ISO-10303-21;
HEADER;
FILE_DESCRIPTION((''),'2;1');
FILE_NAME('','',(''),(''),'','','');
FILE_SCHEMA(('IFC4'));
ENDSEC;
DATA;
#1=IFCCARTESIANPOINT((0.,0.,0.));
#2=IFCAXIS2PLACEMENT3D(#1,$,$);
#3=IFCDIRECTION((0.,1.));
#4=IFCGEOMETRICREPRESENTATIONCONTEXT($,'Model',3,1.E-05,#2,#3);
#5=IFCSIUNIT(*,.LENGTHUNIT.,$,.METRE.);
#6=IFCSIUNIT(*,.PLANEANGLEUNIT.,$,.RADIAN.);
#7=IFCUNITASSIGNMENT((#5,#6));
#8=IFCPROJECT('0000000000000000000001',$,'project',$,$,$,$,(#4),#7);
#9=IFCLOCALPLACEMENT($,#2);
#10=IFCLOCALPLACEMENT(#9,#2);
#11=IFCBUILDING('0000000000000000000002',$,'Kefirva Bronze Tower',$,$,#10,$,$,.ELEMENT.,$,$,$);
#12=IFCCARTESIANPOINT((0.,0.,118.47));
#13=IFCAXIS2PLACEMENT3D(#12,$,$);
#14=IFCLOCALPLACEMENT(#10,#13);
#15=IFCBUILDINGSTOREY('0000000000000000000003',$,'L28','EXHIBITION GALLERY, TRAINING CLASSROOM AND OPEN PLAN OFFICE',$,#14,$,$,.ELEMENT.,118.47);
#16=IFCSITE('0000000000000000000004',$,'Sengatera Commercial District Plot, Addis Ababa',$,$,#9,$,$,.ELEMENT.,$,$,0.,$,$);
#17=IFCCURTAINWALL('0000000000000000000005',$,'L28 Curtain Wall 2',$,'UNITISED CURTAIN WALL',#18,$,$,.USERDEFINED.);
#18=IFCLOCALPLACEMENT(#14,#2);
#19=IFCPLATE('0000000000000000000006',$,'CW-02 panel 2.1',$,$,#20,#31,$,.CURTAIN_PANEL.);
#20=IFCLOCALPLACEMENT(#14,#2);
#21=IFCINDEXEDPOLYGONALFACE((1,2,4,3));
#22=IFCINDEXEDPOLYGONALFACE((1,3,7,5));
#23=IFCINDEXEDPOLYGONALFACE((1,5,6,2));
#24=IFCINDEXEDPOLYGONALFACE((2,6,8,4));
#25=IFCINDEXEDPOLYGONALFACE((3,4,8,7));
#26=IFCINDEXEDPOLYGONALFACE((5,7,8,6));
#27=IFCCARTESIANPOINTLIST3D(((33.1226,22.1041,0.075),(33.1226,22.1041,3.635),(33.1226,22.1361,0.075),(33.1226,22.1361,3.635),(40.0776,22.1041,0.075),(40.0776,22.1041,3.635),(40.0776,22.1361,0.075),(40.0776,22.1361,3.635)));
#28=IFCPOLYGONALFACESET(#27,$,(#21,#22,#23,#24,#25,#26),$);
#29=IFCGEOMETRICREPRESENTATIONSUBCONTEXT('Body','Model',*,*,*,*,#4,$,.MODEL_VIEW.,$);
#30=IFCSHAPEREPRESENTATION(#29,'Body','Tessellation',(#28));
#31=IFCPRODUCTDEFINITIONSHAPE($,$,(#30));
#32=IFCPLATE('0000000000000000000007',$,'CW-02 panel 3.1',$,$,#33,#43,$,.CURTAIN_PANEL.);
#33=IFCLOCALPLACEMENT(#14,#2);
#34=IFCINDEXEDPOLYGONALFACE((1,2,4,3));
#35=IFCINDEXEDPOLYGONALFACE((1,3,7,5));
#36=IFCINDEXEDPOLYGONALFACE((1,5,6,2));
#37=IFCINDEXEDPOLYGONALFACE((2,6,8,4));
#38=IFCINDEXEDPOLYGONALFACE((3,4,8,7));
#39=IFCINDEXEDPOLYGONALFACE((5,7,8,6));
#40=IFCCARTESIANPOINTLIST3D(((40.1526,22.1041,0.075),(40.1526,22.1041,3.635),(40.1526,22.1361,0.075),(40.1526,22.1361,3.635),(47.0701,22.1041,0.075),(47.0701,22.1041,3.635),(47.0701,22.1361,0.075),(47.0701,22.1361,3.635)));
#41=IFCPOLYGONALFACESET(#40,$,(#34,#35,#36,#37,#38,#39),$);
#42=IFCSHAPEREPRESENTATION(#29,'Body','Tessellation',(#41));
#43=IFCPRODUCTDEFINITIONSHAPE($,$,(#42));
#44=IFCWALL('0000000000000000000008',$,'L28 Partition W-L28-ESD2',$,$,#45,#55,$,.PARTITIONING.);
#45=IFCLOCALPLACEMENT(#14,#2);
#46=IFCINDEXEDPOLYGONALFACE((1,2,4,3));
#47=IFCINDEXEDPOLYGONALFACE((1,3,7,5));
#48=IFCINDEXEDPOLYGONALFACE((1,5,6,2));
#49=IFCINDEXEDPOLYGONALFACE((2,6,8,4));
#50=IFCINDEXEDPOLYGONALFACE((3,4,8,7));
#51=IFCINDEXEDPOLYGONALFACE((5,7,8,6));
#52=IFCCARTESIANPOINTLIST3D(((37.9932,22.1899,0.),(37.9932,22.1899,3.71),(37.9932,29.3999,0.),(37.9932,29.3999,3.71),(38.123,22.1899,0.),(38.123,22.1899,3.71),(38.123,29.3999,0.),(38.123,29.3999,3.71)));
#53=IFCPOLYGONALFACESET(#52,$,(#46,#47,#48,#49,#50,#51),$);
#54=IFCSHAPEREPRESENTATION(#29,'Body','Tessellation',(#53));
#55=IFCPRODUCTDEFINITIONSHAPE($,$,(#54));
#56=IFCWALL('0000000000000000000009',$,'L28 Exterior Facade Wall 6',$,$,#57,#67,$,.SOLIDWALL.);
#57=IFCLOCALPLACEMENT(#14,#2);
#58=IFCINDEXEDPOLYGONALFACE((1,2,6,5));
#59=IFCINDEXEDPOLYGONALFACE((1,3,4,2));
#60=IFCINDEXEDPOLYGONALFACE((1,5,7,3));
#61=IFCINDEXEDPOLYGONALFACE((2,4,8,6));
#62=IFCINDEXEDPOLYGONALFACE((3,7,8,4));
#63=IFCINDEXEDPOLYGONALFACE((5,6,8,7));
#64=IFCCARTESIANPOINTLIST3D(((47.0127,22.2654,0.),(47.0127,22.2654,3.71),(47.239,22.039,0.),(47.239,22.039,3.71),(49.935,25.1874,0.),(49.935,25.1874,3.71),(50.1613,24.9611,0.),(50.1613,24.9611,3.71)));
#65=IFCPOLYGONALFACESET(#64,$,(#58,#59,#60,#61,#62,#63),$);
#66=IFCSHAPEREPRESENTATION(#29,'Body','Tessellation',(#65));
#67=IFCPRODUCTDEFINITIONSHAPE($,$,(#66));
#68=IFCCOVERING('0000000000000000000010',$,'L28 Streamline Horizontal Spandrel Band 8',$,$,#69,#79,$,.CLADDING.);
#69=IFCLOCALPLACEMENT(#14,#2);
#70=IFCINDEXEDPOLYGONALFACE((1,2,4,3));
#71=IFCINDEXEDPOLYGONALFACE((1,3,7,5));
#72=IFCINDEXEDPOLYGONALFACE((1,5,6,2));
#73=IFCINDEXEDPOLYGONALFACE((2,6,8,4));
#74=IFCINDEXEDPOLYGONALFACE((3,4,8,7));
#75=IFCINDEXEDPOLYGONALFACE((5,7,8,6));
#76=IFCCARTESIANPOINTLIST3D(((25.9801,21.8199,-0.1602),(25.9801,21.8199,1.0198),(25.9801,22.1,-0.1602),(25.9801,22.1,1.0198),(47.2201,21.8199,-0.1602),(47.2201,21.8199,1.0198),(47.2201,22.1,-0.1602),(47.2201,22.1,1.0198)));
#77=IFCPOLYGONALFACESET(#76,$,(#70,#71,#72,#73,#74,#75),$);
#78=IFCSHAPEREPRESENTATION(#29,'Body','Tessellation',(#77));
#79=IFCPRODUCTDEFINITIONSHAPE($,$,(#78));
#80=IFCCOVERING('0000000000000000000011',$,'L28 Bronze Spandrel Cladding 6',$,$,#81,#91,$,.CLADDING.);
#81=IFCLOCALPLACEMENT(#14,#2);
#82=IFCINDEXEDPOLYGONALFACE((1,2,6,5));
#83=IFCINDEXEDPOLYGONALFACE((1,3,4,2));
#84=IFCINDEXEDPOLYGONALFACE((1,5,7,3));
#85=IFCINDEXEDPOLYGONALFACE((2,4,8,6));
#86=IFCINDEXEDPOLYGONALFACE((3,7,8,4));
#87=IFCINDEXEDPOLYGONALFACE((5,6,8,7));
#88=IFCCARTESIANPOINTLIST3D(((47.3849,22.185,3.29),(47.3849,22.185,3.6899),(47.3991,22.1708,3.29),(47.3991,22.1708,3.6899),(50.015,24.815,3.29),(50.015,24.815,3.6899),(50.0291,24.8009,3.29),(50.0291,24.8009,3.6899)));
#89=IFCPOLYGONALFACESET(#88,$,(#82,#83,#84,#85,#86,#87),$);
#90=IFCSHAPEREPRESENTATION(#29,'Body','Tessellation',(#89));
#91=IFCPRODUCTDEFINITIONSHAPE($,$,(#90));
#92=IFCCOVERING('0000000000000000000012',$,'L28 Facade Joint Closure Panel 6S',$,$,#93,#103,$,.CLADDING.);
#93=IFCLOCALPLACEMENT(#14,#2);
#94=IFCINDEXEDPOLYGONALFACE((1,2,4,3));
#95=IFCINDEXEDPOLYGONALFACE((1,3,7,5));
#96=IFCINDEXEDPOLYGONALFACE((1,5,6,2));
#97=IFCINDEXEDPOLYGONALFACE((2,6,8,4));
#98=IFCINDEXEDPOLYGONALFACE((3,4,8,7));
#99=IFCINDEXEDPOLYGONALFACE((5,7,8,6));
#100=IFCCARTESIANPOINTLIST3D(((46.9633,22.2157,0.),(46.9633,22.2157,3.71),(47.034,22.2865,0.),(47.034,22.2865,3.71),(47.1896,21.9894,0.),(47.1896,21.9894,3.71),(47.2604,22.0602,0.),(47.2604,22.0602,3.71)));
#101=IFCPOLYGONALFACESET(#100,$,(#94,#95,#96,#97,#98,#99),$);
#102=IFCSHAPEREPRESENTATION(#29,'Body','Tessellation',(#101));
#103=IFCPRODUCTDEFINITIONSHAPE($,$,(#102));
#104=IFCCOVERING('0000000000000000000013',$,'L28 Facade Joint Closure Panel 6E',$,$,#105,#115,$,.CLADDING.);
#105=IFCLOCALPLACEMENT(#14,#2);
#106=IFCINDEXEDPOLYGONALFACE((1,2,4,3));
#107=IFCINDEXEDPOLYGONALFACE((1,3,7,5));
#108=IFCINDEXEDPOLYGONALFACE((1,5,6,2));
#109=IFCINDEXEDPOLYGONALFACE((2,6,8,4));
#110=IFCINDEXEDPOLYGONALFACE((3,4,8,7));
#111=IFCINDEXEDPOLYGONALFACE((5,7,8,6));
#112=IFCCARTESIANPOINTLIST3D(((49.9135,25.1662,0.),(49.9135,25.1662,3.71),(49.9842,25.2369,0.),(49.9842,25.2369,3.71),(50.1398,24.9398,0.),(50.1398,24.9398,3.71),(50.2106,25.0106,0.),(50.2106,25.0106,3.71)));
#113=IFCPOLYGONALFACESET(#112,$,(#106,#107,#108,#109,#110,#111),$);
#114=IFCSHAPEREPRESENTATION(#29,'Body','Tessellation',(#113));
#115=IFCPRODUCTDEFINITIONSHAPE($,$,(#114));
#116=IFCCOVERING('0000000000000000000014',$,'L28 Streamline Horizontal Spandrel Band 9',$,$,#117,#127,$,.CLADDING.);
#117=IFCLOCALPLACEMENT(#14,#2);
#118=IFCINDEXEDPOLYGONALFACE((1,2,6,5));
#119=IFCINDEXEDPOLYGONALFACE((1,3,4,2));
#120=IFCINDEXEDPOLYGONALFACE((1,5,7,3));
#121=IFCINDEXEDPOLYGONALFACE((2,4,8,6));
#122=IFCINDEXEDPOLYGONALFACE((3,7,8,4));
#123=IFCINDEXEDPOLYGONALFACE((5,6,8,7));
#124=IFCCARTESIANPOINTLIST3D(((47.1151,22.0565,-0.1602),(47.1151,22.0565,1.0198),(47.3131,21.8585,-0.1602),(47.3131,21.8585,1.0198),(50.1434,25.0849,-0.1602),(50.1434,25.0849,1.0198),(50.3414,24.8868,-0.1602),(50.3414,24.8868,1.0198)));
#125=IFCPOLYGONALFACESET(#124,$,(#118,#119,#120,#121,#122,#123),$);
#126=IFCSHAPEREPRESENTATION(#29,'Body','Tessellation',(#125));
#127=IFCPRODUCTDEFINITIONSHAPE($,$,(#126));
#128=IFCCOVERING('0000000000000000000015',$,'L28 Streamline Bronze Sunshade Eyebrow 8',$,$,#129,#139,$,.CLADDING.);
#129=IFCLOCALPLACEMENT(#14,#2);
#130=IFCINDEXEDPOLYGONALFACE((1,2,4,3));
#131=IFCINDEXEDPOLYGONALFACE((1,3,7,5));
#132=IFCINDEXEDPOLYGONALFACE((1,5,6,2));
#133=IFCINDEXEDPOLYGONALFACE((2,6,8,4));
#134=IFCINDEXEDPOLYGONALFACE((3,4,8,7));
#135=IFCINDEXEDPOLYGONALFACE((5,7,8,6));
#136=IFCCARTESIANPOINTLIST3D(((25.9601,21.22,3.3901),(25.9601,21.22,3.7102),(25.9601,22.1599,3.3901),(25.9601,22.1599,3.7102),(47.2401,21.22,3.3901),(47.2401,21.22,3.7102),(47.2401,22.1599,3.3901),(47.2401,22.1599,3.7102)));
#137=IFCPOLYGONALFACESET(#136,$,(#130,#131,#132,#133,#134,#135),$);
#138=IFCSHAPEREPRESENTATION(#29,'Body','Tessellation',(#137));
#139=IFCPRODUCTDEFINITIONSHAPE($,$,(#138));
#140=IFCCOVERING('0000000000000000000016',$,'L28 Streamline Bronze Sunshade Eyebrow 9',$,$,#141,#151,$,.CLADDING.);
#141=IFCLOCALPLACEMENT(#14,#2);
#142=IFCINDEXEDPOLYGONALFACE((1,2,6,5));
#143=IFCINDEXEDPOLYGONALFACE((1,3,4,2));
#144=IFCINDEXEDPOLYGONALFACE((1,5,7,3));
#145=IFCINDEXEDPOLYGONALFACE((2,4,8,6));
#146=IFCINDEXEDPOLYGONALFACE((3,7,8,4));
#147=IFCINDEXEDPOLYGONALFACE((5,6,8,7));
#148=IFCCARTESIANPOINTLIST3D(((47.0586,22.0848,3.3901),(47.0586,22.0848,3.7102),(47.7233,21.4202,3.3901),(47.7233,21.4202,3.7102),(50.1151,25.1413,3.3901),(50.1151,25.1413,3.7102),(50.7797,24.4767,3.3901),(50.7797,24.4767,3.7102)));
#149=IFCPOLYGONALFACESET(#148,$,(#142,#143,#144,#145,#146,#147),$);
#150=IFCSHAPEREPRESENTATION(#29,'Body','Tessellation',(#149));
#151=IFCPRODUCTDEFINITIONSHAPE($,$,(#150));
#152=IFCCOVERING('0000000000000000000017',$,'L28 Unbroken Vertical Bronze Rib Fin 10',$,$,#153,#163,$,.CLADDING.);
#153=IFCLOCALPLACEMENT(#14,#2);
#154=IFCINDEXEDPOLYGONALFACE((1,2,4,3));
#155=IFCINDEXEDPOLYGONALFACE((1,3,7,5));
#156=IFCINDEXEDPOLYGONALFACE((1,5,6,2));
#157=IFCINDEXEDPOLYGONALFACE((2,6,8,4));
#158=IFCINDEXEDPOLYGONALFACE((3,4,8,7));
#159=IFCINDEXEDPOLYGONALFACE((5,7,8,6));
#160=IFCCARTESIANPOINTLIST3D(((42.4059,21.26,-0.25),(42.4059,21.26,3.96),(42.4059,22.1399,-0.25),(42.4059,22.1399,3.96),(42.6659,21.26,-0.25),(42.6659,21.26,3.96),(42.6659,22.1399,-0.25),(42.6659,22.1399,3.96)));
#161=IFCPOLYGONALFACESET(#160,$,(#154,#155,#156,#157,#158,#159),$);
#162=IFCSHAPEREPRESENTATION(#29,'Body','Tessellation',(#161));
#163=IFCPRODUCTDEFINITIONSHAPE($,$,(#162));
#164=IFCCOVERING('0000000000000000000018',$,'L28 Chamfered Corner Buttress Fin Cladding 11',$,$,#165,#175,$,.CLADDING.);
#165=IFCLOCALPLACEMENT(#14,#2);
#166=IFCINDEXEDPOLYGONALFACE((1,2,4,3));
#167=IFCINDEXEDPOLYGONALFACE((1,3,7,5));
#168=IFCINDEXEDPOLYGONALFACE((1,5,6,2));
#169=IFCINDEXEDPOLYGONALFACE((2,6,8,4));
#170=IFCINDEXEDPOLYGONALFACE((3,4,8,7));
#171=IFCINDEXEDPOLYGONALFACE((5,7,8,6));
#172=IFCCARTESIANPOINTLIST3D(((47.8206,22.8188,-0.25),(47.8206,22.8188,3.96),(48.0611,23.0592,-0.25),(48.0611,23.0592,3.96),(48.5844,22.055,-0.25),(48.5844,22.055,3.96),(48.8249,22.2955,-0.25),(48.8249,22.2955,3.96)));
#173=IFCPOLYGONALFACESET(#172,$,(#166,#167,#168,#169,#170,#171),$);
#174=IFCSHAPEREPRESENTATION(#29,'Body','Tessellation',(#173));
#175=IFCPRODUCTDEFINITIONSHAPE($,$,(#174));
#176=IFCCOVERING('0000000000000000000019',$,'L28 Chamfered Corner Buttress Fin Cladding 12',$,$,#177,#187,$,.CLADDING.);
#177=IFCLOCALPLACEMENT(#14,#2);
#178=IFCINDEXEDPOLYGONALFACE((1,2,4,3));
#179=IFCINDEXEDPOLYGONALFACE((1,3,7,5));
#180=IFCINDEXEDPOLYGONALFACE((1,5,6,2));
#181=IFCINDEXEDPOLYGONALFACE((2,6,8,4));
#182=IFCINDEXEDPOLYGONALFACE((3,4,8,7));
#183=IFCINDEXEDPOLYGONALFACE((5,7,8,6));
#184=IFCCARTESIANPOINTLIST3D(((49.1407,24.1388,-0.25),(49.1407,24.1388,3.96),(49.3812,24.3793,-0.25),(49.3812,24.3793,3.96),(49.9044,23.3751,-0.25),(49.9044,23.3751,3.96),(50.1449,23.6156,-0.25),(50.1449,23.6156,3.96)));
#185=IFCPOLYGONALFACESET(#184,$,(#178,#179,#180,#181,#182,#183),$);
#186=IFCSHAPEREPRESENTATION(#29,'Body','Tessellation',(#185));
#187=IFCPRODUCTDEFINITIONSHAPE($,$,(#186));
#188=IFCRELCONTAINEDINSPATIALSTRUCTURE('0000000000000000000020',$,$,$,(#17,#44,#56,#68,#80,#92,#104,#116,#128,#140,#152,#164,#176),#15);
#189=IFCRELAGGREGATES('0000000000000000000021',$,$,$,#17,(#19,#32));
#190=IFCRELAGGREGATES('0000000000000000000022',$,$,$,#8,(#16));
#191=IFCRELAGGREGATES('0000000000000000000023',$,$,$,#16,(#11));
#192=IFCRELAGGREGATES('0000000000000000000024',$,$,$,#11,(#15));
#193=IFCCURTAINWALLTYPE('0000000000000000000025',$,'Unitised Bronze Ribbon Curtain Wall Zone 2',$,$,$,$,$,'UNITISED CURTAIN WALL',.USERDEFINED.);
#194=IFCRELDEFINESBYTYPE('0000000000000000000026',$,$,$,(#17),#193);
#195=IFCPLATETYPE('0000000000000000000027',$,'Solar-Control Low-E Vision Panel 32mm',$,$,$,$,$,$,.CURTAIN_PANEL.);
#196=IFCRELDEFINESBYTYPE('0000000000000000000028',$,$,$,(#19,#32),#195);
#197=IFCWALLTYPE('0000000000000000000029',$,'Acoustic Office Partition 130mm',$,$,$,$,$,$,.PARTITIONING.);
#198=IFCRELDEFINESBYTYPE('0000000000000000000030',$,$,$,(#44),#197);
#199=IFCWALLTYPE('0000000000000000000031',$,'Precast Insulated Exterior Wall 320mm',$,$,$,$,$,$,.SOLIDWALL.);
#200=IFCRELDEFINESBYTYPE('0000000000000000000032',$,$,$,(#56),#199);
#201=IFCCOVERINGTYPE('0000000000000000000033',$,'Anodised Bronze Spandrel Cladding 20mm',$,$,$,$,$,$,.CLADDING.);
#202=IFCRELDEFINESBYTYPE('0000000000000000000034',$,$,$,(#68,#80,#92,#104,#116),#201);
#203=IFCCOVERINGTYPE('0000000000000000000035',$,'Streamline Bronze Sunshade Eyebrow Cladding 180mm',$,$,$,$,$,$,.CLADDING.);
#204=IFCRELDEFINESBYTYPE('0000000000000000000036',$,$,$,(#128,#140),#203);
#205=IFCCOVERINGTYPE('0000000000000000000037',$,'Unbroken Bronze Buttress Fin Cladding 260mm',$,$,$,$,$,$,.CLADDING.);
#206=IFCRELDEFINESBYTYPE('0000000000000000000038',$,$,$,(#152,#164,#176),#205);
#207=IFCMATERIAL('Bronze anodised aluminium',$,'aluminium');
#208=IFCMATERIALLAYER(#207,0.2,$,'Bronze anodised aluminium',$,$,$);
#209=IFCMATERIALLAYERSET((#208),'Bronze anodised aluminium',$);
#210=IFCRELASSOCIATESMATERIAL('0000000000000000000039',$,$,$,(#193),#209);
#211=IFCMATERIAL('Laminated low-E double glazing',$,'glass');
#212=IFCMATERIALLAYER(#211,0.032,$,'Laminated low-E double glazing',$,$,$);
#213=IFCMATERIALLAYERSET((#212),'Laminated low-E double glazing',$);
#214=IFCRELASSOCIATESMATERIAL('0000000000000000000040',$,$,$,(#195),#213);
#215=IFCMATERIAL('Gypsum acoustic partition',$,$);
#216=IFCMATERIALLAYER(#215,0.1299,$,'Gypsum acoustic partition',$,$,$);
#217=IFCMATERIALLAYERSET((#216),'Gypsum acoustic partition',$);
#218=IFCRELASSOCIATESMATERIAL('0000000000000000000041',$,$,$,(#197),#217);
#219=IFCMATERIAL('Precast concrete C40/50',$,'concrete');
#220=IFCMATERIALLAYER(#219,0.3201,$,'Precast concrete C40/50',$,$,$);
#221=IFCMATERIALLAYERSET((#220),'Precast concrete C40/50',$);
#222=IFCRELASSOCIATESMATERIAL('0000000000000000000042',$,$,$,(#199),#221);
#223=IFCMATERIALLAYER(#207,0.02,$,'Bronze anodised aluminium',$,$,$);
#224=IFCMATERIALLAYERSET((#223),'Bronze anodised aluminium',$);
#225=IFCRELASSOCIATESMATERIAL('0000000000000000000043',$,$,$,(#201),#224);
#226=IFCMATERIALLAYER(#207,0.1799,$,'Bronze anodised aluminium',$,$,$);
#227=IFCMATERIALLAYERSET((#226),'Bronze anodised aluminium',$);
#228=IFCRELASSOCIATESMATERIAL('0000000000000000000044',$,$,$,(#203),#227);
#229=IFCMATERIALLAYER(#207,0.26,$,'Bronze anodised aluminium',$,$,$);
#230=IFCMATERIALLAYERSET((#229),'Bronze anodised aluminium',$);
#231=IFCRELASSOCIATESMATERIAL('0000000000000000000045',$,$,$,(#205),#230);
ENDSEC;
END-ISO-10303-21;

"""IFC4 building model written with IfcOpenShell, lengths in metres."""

from ifc_helpers import new_model, si_unit, direction, frame, frame_2d, origin, origin_2d, place, context, subcontext, project, spatial, rectangle, extrude, material, layer, layer_set, type_object, element, aggregate, save


model = new_model("IFC4")

# Units and contexts
model_context = context("Model", 3, precision=1e-05, world=origin(), true_north=direction((0.0, 1.0)))
body_context = subcontext(model_context, "Body", "Model", "MODEL_VIEW")
ifc_project = project(units=[si_unit("LENGTHUNIT", "METRE"), si_unit("PLANEANGLEUNIT", "RADIAN")], contexts=[model_context])

# Site, building, storey
site_placement = place(None, origin())
site = spatial("IfcSite", under=ifc_project, at=site_placement, Name="Sengatera Commercial District Plot, Addis Ababa", CompositionType="ELEMENT", RefElevation=0.0)
building_placement = place(site_placement, origin())
building = spatial("IfcBuilding", under=site, at=building_placement, Name="Kefirva Bronze Tower", CompositionType="ELEMENT")
storey_placement = place(building_placement, frame((0.0, 0.0, 118.47)))
storey = spatial("IfcBuildingStorey", under=building, at=storey_placement, Name="L28", Description="EXHIBITION GALLERY, TRAINING CLASSROOM AND OPEN PLAN OFFICE", CompositionType="ELEMENT", Elevation=118.47)

# Curtain wall
ifc_material_1 = material(Name="Bronze anodised aluminium", Category="aluminium")
ifc_layer_1 = layer(ifc_material_1, 0.2, Name="Bronze anodised aluminium")
ifc_layer_set_1 = layer_set([ifc_layer_1], Name="Bronze anodised aluminium")
curtain_wall_type = type_object("IfcCurtainWallType", Name="Unitised Bronze Ribbon Curtain Wall Zone 2", ElementType="UNITISED CURTAIN WALL", PredefinedType="USERDEFINED", material=ifc_layer_set_1)
curtain_wall_1_placement = place(storey_placement, origin())
curtain_wall_1 = element("IfcCurtainWall", 1, at=curtain_wall_1_placement, inside=storey, type_object=curtain_wall_type, Name="L28 Curtain Wall 2", ObjectType="UNITISED CURTAIN WALL", PredefinedType="USERDEFINED")

# Plates
ifc_material_2 = material(Name="Laminated low-E double glazing", Category="glass")
ifc_layer_2 = layer(ifc_material_2, 0.032, Name="Laminated low-E double glazing")
ifc_layer_set_2 = layer_set([ifc_layer_2], Name="Laminated low-E double glazing")
plate_type = type_object("IfcPlateType", Name="Solar-Control Low-E Vision Panel 32mm", PredefinedType="CURTAIN_PANEL", material=ifc_layer_set_2)
plate_1_placement = place(storey_placement, frame((36.6001, 22.1201, 0.075), z_axis=(0.0, 0.0, 1.0), x_axis=(1.0, 0.0, 0.0)))
plate_1 = element("IfcPlate", 2, at=plate_1_placement, type_object=plate_type, Name="CW-02 panel 2.1", PredefinedType="CURTAIN_PANEL", context=body_context, shape_type="SweptSolid", body=[
    extrude(rectangle(XDim=6.9551, YDim=0.032, at=origin_2d()), origin(), (0.0, 0.0, 1.0), 3.5601),
])
plate_2_placement = place(storey_placement, frame((43.6113, 22.1201, 0.075), z_axis=(0.0, 0.0, 1.0), x_axis=(1.0, 0.0, 0.0)))
plate_2 = element("IfcPlate", 3, at=plate_2_placement, type_object=plate_type, Name="CW-02 panel 3.1", PredefinedType="CURTAIN_PANEL", context=body_context, shape_type="SweptSolid", body=[
    extrude(rectangle(XDim=6.9175, YDim=0.032, at=origin_2d()), origin(), (0.0, 0.0, 1.0), 3.5601),
])
aggregate(curtain_wall_1, [plate_1, plate_2])

# Walls
ifc_material_3 = material(Name="Gypsum acoustic partition")
ifc_layer_3 = layer(ifc_material_3, 0.1299, Name="Gypsum acoustic partition")
ifc_layer_set_3 = layer_set([ifc_layer_3], Name="Gypsum acoustic partition")
wall_type_1 = type_object("IfcWallType", Name="Acoustic Office Partition 130mm", PredefinedType="PARTITIONING", material=ifc_layer_set_3)
wall_1_placement = place(storey_placement, frame((38.0581, 22.1899, 0.0), z_axis=(0.0, 0.0, 1.0), x_axis=(0.0, 1.0, 0.0)))
element("IfcWall", 4, at=wall_1_placement, inside=storey, type_object=wall_type_1, Name="L28 Partition W-L28-ESD2", PredefinedType="PARTITIONING", context=body_context, shape_type="SweptSolid", body=[
    extrude(rectangle(XDim=7.21, YDim=0.1299, at=frame_2d((3.605, 0.0))), origin(), (0.0, 0.0, 1.0), 3.71),
])
ifc_material_4 = material(Name="Precast concrete C40/50", Category="concrete")
ifc_layer_4 = layer(ifc_material_4, 0.3201, Name="Precast concrete C40/50")
ifc_layer_set_4 = layer_set([ifc_layer_4], Name="Precast concrete C40/50")
wall_type_2 = type_object("IfcWallType", Name="Precast Insulated Exterior Wall 320mm", PredefinedType="SOLIDWALL", material=ifc_layer_set_4)
wall_2_placement = place(storey_placement, frame((47.1257, 22.1521, 0.0), z_axis=(0.0, 0.0, 1.0), x_axis=(0.707136, 0.707077, 0.0)))
element("IfcWall", 5, at=wall_2_placement, inside=storey, type_object=wall_type_2, Name="L28 Exterior Facade Wall 6", PredefinedType="SOLIDWALL", context=body_context, shape_type="SweptSolid", body=[
    extrude(rectangle(XDim=4.1326, YDim=0.3201, at=frame_2d((2.0664, 0.0))), origin(), (0.0, 0.0, 1.0), 3.71),
])

# Coverings
ifc_layer_5 = layer(ifc_material_1, 0.02, Name="Bronze anodised aluminium")
ifc_layer_set_5 = layer_set([ifc_layer_5], Name="Bronze anodised aluminium")
covering_type_1 = type_object("IfcCoveringType", Name="Anodised Bronze Spandrel Cladding 20mm", PredefinedType="CLADDING", material=ifc_layer_set_5)
covering_1_placement = place(storey_placement, frame((36.6001, 21.96, -0.1602), z_axis=(0.0, 0.0, 1.0), x_axis=(1.0, 0.0, 0.0)))
element("IfcCovering", 6, at=covering_1_placement, inside=storey, type_object=covering_type_1, Name="L28 Streamline Horizontal Spandrel Band 8", PredefinedType="CLADDING", context=body_context, shape_type="SweptSolid", body=[
    extrude(rectangle(XDim=21.24, YDim=0.28, at=origin_2d()), origin(), (0.0, 0.0, 1.0), 1.1799),
])
covering_2_placement = place(storey_placement, frame((48.707, 23.4929, 3.29), z_axis=(0.0, 0.0, 1.0), x_axis=(0.707107, 0.707107, 0.0)))
element("IfcCovering", 7, at=covering_2_placement, inside=storey, type_object=covering_type_1, Name="L28 Bronze Spandrel Cladding 6", PredefinedType="CLADDING", context=body_context, shape_type="SweptSolid", body=[
    extrude(rectangle(XDim=3.7195, YDim=0.02, at=origin_2d()), origin(), (0.0, 0.0, 1.0), 0.3999),
])
for number, where, z_axis, x_axis, name in (
    (8, (47.1118, 22.1379, 0.0), (0.0, 0.0, 1.0), (0.707107, 0.707107, 0.0), "L28 Facade Joint Closure Panel 6S"),
    (9, (50.062, 25.0884, 0.0), (0.0, 0.0, 1.0), (0.707107, 0.707107, 0.0), "L28 Facade Joint Closure Panel 6E"),
):
    element("IfcCovering", number, at=place(storey_placement, frame(where, z_axis=z_axis, x_axis=x_axis)), inside=storey, type_object=covering_type_1, Name=name, PredefinedType="CLADDING", context=body_context, shape_type="SweptSolid", body=[
        extrude(rectangle(XDim=0.1001, YDim=0.3201, at=origin_2d()), origin(), (0.0, 0.0, 1.0), 3.71),
    ])
covering_3_placement = place(storey_placement, frame((48.7283, 23.4717, -0.1602), z_axis=(0.0, 0.0, 1.0), x_axis=(0.707107, 0.707107, 0.0)))
element("IfcCovering", 10, at=covering_3_placement, inside=storey, type_object=covering_type_1, Name="L28 Streamline Horizontal Spandrel Band 9", PredefinedType="CLADDING", context=body_context, shape_type="SweptSolid", body=[
    extrude(rectangle(XDim=4.2827, YDim=0.28, at=origin_2d()), origin(), (0.0, 0.0, 1.0), 1.1799),
])
ifc_layer_6 = layer(ifc_material_1, 0.1799, Name="Bronze anodised aluminium")
ifc_layer_set_6 = layer_set([ifc_layer_6], Name="Bronze anodised aluminium")
covering_type_2 = type_object("IfcCoveringType", Name="Streamline Bronze Sunshade Eyebrow Cladding 180mm", PredefinedType="CLADDING", material=ifc_layer_set_6)
covering_4_placement = place(storey_placement, frame((36.6001, 21.6899, 3.3901), z_axis=(0.0, 0.0, 1.0), x_axis=(1.0, 0.0, 0.0)))
element("IfcCovering", 11, at=covering_4_placement, inside=storey, type_object=covering_type_2, Name="L28 Streamline Bronze Sunshade Eyebrow 8", PredefinedType="CLADDING", context=body_context, shape_type="SweptSolid", body=[
    extrude(rectangle(XDim=21.28, YDim=0.9399, at=origin_2d()), origin(), (0.0, 0.0, 1.0), 0.3201),
])
covering_5_placement = place(storey_placement, frame((48.9192, 23.2808, 3.3901), z_axis=(0.0, 0.0, 1.0), x_axis=(0.707107, 0.707107, 0.0)))
element("IfcCovering", 12, at=covering_5_placement, inside=storey, type_object=covering_type_2, Name="L28 Streamline Bronze Sunshade Eyebrow 9", PredefinedType="CLADDING", context=body_context, shape_type="SweptSolid", body=[
    extrude(rectangle(XDim=4.3225, YDim=0.9399, at=origin_2d()), origin(), (0.0, 0.0, 1.0), 0.3201),
])
ifc_layer_7 = layer(ifc_material_1, 0.26, Name="Bronze anodised aluminium")
ifc_layer_set_7 = layer_set([ifc_layer_7], Name="Bronze anodised aluminium")
covering_type_3 = type_object("IfcCoveringType", Name="Unbroken Bronze Buttress Fin Cladding 260mm", PredefinedType="CLADDING", material=ifc_layer_set_7)
covering_6_placement = place(storey_placement, frame((42.5359, 21.7, -0.25), z_axis=(0.0, 0.0, 1.0), x_axis=(1.0, 0.0, 0.0)))
element("IfcCovering", 13, at=covering_6_placement, inside=storey, type_object=covering_type_3, Name="L28 Unbroken Vertical Bronze Rib Fin 10", PredefinedType="CLADDING", context=body_context, shape_type="SweptSolid", body=[
    extrude(rectangle(XDim=0.26, YDim=0.8799, at=origin_2d()), origin(), (0.0, 0.0, 1.0), 4.21),
])
for number, where, z_axis, x_axis, name in (
    (14, (48.3228, 22.5571, -0.25), (0.0, 0.0, 1.0), (0.707107, 0.707107, 0.0), "L28 Chamfered Corner Buttress Fin Cladding 11"),
    (15, (49.6428, 23.8772, -0.25), (0.0, 0.0, 1.0), (0.707107, 0.707107, 0.0), "L28 Chamfered Corner Buttress Fin Cladding 12"),
):
    element("IfcCovering", number, at=place(storey_placement, frame(where, z_axis=z_axis, x_axis=x_axis)), inside=storey, type_object=covering_type_3, Name=name, PredefinedType="CLADDING", context=body_context, shape_type="SweptSolid", body=[
        extrude(rectangle(XDim=0.3401, YDim=1.0801, at=origin_2d()), origin(), (0.0, 0.0, 1.0), 4.21),
    ])

save(model, "model.ifc")
